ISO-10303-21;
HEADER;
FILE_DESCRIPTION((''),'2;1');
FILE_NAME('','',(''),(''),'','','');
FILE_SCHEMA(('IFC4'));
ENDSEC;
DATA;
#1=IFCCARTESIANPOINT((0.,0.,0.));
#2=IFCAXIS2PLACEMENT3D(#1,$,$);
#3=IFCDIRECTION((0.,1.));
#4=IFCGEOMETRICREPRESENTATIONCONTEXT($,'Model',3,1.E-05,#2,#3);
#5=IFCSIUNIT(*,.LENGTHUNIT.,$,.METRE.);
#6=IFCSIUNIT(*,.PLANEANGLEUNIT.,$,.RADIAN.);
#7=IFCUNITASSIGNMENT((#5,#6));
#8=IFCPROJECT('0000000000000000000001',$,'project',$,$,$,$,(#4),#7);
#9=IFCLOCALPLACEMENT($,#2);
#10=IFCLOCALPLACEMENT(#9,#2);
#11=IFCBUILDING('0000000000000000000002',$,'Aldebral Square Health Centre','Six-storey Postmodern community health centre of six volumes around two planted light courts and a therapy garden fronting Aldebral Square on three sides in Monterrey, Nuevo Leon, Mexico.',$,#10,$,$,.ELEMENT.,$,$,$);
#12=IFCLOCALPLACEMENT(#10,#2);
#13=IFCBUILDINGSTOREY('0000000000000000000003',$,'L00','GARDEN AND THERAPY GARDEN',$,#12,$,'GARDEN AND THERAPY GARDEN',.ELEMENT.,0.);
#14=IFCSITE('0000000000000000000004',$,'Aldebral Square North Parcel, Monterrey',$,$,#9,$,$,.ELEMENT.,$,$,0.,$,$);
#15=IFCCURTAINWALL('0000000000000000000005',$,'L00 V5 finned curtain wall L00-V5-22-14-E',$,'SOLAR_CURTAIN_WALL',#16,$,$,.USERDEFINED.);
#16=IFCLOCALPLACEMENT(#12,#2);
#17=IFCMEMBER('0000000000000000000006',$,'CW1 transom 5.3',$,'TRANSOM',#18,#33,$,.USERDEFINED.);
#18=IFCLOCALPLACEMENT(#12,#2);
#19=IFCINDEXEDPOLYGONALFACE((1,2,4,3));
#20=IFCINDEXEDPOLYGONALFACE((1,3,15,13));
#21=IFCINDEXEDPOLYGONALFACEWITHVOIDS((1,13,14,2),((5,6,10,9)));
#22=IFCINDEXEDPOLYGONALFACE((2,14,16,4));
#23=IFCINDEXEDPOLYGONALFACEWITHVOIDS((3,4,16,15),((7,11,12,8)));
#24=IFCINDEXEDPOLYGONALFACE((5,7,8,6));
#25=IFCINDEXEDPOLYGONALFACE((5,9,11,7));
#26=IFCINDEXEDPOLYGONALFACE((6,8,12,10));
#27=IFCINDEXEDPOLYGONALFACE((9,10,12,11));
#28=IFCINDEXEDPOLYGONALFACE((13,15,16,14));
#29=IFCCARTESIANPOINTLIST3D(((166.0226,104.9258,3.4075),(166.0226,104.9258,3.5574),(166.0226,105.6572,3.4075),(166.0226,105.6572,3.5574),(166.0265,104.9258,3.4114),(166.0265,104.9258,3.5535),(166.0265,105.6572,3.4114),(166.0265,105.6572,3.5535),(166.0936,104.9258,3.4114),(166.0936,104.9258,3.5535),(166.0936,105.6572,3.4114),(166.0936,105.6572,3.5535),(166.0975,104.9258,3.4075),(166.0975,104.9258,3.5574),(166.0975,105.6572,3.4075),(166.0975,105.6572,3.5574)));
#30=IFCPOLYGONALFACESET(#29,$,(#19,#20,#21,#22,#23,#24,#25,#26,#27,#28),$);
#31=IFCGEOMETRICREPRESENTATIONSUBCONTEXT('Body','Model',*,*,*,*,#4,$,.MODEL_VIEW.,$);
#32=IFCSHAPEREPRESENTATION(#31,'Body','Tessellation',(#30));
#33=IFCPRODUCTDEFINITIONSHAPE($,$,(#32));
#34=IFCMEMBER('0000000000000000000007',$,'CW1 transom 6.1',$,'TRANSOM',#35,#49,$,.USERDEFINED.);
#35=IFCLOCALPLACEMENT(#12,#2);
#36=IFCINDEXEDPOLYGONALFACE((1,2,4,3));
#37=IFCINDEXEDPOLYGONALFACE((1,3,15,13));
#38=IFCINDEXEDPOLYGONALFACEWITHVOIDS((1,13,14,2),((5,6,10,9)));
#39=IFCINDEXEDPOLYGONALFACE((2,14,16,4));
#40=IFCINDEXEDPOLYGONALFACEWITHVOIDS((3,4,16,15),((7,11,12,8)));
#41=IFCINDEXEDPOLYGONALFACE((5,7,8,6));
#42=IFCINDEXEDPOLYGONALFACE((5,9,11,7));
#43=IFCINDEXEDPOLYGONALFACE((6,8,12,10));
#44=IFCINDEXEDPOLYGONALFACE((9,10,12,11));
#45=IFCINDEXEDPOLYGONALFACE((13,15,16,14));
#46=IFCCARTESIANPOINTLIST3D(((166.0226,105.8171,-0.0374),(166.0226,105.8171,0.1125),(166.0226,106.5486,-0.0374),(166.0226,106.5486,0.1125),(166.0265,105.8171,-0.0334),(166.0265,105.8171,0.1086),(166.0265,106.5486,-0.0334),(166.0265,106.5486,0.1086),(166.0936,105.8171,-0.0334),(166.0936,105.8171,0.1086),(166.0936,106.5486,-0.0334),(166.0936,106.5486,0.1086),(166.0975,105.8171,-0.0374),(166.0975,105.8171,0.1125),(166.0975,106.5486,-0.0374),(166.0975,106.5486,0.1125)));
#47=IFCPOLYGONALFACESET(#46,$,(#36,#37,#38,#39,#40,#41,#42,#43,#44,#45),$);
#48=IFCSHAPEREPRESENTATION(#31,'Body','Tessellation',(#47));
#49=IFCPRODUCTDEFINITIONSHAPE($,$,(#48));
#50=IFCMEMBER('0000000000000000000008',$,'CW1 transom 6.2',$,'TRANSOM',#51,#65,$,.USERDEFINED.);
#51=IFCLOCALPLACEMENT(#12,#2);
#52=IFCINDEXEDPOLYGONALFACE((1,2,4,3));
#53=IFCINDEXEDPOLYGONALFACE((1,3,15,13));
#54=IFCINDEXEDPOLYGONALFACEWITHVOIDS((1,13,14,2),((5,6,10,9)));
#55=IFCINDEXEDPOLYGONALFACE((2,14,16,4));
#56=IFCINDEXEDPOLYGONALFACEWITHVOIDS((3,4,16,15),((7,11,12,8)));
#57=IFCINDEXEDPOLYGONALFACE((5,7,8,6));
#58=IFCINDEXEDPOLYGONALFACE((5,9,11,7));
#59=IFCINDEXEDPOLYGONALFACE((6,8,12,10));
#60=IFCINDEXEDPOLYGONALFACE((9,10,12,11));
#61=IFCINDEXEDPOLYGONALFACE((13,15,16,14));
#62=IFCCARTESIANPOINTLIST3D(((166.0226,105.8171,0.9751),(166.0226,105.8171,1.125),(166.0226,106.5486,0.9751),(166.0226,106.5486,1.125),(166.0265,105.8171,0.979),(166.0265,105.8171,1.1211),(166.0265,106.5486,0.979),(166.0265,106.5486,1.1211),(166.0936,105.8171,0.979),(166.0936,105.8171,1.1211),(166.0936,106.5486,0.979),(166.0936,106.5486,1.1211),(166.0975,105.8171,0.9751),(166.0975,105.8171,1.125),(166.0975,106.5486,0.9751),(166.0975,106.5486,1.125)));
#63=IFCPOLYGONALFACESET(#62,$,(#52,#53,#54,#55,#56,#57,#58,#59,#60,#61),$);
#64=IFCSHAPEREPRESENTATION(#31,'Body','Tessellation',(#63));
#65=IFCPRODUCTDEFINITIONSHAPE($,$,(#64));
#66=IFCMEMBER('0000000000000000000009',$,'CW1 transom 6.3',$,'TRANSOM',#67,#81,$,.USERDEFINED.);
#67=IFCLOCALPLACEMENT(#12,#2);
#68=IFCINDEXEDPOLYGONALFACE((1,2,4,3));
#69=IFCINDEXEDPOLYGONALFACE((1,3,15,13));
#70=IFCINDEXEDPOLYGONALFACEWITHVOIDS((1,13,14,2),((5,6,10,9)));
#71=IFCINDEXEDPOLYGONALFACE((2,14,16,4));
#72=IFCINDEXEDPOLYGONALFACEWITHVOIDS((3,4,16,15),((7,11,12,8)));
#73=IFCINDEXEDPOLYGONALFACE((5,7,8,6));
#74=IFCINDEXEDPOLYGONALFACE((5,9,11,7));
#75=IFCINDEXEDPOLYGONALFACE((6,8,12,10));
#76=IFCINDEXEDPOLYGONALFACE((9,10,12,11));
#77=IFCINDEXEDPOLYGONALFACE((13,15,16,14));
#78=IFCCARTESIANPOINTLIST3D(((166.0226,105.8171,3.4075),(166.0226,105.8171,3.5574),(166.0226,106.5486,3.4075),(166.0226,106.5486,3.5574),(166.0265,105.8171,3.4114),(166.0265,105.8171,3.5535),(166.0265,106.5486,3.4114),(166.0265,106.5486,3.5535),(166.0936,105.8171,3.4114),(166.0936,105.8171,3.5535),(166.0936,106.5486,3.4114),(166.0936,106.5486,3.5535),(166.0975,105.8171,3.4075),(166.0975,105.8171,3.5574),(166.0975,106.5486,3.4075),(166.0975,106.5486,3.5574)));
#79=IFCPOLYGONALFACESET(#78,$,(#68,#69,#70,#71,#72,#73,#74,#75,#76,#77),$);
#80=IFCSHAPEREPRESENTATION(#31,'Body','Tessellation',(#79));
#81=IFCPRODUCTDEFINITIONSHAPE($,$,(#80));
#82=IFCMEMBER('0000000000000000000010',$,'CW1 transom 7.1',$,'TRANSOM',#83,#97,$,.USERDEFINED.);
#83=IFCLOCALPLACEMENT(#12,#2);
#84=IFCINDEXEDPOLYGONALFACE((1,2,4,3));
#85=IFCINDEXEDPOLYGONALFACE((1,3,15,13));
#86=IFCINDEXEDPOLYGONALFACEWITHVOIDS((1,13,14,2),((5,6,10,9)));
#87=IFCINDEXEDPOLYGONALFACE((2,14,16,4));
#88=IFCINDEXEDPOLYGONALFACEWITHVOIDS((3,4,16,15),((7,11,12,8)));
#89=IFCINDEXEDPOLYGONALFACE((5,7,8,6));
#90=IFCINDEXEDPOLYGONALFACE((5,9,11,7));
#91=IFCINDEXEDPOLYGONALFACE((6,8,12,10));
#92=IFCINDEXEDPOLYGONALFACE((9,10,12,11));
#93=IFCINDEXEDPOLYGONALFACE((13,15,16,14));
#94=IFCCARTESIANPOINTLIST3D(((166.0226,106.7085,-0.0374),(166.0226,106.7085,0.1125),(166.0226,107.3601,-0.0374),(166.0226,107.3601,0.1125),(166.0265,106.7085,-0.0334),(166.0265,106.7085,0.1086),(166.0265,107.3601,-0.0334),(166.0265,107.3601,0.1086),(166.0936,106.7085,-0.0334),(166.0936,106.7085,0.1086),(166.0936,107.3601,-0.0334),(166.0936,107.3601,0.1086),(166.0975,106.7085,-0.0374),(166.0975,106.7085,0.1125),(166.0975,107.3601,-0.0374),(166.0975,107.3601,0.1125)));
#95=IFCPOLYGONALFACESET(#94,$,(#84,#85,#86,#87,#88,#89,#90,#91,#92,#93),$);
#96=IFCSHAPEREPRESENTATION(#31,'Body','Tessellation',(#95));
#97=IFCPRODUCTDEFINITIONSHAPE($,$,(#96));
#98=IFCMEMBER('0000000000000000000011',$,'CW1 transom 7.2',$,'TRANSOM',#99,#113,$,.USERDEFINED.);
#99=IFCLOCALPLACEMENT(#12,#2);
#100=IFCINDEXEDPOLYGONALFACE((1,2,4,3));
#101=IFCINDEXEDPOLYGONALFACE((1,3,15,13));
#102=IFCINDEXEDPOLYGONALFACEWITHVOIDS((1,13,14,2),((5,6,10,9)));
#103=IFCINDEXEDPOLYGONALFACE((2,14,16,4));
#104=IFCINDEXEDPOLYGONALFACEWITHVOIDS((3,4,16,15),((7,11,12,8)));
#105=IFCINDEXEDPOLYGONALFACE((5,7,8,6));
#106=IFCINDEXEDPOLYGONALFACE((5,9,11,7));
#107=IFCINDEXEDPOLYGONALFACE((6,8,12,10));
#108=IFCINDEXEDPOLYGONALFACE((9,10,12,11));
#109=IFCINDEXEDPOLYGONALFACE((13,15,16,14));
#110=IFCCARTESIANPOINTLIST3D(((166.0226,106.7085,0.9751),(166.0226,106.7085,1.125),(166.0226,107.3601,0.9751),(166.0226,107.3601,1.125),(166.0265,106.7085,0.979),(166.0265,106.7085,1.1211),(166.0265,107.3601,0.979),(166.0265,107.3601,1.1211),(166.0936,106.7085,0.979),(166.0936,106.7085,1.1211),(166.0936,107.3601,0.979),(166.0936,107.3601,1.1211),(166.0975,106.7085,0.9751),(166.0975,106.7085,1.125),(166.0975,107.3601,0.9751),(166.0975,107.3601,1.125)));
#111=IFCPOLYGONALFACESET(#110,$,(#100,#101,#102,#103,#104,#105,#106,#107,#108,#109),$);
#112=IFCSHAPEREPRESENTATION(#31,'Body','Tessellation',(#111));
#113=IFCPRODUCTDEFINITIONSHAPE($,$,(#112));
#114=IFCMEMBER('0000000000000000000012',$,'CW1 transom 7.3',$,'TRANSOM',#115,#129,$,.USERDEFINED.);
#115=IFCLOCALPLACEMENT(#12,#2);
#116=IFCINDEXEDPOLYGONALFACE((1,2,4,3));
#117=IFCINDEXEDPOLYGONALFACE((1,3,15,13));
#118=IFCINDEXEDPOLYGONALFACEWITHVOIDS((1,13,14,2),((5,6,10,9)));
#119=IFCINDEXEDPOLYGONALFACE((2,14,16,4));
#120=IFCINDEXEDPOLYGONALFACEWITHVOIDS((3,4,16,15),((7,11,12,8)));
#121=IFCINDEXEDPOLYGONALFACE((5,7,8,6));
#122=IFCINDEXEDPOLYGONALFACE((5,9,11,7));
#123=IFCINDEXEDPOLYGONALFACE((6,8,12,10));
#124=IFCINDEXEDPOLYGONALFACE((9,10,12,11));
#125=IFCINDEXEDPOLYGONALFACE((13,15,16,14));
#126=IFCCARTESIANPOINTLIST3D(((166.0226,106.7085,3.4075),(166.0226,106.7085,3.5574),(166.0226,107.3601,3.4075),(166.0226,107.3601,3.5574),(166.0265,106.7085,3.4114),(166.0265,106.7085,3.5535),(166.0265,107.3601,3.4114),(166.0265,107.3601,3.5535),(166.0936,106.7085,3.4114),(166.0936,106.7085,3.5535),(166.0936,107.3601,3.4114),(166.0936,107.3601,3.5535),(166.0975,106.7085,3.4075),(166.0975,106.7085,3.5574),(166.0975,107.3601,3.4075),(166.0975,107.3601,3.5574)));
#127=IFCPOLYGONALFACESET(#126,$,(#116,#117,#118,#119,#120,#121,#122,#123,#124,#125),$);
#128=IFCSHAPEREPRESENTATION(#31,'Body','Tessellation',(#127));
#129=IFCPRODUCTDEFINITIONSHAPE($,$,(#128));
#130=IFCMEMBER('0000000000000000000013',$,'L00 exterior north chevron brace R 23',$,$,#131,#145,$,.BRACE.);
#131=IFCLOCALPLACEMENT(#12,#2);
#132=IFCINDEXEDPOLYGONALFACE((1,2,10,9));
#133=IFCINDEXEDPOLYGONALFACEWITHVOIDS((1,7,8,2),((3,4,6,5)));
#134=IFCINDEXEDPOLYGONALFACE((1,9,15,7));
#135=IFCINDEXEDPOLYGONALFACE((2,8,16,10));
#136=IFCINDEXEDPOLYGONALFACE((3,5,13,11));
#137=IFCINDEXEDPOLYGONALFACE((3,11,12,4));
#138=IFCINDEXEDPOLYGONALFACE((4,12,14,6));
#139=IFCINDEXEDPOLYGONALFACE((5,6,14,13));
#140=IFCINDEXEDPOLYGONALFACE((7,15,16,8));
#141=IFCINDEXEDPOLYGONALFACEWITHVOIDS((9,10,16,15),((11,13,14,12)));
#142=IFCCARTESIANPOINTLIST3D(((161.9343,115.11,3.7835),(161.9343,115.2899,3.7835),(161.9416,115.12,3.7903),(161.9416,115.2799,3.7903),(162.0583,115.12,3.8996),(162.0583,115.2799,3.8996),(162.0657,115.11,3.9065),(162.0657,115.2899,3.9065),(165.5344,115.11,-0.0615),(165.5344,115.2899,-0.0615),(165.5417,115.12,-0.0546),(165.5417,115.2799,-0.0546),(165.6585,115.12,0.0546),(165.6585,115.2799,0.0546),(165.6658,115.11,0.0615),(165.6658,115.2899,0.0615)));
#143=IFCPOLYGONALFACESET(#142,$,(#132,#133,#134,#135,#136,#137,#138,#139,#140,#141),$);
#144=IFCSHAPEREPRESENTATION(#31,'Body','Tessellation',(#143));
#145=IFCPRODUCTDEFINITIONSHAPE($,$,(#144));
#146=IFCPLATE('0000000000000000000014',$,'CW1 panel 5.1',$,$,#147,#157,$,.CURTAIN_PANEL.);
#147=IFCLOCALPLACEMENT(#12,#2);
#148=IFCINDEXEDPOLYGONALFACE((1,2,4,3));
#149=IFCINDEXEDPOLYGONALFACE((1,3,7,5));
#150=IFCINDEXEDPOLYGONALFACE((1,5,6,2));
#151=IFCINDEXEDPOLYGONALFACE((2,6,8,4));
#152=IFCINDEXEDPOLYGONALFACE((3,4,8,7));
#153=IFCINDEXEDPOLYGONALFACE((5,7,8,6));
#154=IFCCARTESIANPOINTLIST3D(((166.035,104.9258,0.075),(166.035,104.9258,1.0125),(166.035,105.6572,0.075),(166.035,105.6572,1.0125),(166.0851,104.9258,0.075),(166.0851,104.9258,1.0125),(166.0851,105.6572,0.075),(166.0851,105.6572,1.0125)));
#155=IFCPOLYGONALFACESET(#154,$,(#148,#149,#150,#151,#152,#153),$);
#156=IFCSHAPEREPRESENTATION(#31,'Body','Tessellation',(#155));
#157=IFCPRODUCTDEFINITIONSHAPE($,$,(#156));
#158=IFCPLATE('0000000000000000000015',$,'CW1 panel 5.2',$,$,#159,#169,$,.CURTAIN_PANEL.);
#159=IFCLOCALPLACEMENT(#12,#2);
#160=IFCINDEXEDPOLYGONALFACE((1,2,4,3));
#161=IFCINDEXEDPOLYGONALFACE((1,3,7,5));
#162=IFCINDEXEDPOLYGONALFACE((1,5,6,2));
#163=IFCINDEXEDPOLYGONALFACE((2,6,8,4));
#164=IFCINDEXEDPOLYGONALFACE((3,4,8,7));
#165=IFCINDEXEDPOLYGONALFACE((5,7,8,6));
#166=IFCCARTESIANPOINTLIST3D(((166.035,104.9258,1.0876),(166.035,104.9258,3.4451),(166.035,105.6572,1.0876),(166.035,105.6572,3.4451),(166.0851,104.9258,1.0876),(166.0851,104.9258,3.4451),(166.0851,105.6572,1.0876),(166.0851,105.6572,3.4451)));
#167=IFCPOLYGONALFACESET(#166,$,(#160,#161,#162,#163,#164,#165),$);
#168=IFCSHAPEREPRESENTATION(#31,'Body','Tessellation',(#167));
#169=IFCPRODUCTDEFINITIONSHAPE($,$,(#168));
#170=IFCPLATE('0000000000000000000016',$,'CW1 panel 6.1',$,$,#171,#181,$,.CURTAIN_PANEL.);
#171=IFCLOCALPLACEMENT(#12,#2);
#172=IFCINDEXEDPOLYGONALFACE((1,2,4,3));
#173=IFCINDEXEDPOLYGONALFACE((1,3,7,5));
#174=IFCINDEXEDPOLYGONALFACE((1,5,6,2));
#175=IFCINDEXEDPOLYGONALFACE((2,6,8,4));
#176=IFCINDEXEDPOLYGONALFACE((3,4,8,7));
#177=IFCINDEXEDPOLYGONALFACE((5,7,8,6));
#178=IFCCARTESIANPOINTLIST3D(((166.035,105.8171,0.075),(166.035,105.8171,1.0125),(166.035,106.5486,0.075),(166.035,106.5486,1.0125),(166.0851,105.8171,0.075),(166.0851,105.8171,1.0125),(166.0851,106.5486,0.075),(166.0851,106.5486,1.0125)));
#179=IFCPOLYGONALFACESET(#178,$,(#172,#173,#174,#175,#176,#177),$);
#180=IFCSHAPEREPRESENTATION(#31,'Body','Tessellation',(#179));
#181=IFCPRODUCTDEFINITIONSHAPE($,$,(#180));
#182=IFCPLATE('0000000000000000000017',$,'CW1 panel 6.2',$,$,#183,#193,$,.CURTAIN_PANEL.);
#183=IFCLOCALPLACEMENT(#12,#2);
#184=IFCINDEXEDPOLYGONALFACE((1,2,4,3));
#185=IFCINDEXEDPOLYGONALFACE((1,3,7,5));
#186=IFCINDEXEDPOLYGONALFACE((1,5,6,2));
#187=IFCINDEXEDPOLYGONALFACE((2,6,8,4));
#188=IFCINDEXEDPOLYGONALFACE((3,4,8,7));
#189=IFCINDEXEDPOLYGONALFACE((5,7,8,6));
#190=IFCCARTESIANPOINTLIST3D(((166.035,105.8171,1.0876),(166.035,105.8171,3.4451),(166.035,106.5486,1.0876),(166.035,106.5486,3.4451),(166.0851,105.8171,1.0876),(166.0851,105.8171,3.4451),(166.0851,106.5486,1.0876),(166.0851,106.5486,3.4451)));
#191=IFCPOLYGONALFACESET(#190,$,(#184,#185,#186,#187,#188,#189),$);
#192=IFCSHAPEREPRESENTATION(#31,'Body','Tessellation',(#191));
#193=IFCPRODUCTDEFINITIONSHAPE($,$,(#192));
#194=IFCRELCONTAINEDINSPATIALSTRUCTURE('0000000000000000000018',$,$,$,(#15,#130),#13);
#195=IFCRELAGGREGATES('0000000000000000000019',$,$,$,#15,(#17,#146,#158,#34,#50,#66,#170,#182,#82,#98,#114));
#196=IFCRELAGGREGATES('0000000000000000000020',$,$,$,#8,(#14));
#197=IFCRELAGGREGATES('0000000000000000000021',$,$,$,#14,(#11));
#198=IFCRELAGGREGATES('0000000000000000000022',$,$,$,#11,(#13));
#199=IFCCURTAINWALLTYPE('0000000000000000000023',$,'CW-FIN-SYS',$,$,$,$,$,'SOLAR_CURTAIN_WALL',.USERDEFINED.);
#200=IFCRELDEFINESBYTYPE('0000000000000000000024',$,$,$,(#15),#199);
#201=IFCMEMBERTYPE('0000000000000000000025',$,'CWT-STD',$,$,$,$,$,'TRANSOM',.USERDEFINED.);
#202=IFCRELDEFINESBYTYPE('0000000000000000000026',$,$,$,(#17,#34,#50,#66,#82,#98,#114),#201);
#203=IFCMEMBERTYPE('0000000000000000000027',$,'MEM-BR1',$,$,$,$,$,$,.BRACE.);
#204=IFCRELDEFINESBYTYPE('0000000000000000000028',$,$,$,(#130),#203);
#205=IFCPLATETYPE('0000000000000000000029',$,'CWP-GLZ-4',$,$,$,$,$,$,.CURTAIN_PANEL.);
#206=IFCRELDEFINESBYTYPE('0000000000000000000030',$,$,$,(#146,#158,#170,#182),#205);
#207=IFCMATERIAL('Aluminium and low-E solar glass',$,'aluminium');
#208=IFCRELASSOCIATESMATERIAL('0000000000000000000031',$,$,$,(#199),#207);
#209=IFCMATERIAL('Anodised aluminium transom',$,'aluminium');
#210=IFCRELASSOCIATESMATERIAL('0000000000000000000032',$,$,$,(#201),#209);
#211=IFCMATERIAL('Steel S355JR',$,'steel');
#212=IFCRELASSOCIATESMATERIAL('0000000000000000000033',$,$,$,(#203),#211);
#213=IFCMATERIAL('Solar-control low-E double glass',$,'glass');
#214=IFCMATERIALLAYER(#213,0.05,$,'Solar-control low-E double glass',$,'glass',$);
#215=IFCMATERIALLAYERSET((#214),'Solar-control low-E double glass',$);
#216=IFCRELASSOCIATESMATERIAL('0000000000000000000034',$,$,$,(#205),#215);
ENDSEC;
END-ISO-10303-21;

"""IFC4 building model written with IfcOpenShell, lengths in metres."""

from ifc_helpers import new_model, si_unit, direction, frame, origin, origin_2d, place, context, subcontext, project, spatial, rectangle, hollow_rectangle, extrude, material, layer, layer_set, material_profile, profile_set, type_object, element, aggregate, save


model = new_model("IFC4")

# Units and contexts
model_context = context("Model", 3, precision=1e-05, world=origin(), true_north=direction((0.0, 1.0)))
body_context = subcontext(model_context, "Body", "Model", "MODEL_VIEW")
ifc_project = project(units=[si_unit("LENGTHUNIT", "METRE"), si_unit("PLANEANGLEUNIT", "RADIAN")], contexts=[model_context])

# Site, building, storey
site_placement = place(None, origin())
site = spatial("IfcSite", under=ifc_project, at=site_placement, Name="Aldebral Square North Parcel, Monterrey", CompositionType="ELEMENT", RefElevation=0.0)
building_placement = place(site_placement, origin())
building = spatial("IfcBuilding", under=site, at=building_placement, Name="Aldebral Square Health Centre", Description="Six-storey Postmodern community health centre of six volumes around two planted light courts and a therapy garden fronting Aldebral Square on three sides in Monterrey, Nuevo Leon, Mexico.", CompositionType="ELEMENT")
storey_placement = place(building_placement, origin())
storey = spatial("IfcBuildingStorey", under=building, at=storey_placement, Name="L00", Description="GARDEN AND THERAPY GARDEN", LongName="GARDEN AND THERAPY GARDEN", CompositionType="ELEMENT", Elevation=0.0)

# Curtain wall, members
ifc_material_1 = material(Name="Aluminium and low-E solar glass", Category="aluminium")
curtain_wall_type = type_object("IfcCurtainWallType", Name="CW-FIN-SYS", ElementType="SOLAR_CURTAIN_WALL", PredefinedType="USERDEFINED", material=ifc_material_1)
curtain_wall_placement = place(storey_placement, origin())
curtain_wall = element("IfcCurtainWall", 1, at=curtain_wall_placement, inside=storey, type_object=curtain_wall_type, Name="L00 V5 finned curtain wall L00-V5-22-14-E", ObjectType="SOLAR_CURTAIN_WALL", PredefinedType="USERDEFINED")
ifc_material_2 = material(Name="Anodised aluminium transom", Category="aluminium")
ifc_material_profile_1 = material_profile(ifc_material_2, hollow_rectangle(XDim=0.075, YDim=0.1499, WallThickness=0.0039, at=origin_2d()), Name="CWT 75x150x4")
ifc_profile_set_1 = profile_set([ifc_material_profile_1], Name="Anodised aluminium transom")
member_type_1 = type_object("IfcMemberType", Name="CWT-STD", ElementType="TRANSOM", PredefinedType="USERDEFINED", material=ifc_profile_set_1)
member_1_placement = place(storey_placement, frame((166.0601, 104.9258, 3.4824), z_axis=(0.0, 1.0, 0.0), x_axis=(-1.0, 0.0, 0.0)))
member_1 = element("IfcMember", 2, at=member_1_placement, type_object=member_type_1, Name="CW1 transom 5.3", ObjectType="TRANSOM", PredefinedType="USERDEFINED", context=body_context, shape_type="SweptSolid", body=[
    extrude(hollow_rectangle(XDim=0.075, YDim=0.1499, WallThickness=0.0039, at=origin_2d()), origin(), (0.0, 0.0, 1.0), 0.7314),
])
member_2_placement = place(storey_placement, frame((166.0601, 105.8171, 0.0376), z_axis=(0.0, 1.0, 0.0), x_axis=(-1.0, 0.0, 0.0)))
member_2 = element("IfcMember", 3, at=member_2_placement, type_object=member_type_1, Name="CW1 transom 6.1", ObjectType="TRANSOM", PredefinedType="USERDEFINED", context=body_context, shape_type="SweptSolid", body=[
    extrude(hollow_rectangle(XDim=0.075, YDim=0.1499, WallThickness=0.0039, at=origin_2d()), origin(), (0.0, 0.0, 1.0), 0.7314),
])
member_3_placement = place(storey_placement, frame((166.0601, 105.8171, 1.05), z_axis=(0.0, 1.0, 0.0), x_axis=(-1.0, 0.0, 0.0)))
member_3 = element("IfcMember", 4, at=member_3_placement, type_object=member_type_1, Name="CW1 transom 6.2", ObjectType="TRANSOM", PredefinedType="USERDEFINED", context=body_context, shape_type="SweptSolid", body=[
    extrude(hollow_rectangle(XDim=0.075, YDim=0.1499, WallThickness=0.0039, at=origin_2d()), origin(), (0.0, 0.0, 1.0), 0.7314),
])
member_4_placement = place(storey_placement, frame((166.0601, 105.8171, 3.4824), z_axis=(0.0, 1.0, 0.0), x_axis=(-1.0, 0.0, 0.0)))
member_4 = element("IfcMember", 5, at=member_4_placement, type_object=member_type_1, Name="CW1 transom 6.3", ObjectType="TRANSOM", PredefinedType="USERDEFINED", context=body_context, shape_type="SweptSolid", body=[
    extrude(hollow_rectangle(XDim=0.075, YDim=0.1499, WallThickness=0.0039, at=origin_2d()), origin(), (0.0, 0.0, 1.0), 0.7314),
])
member_5_placement = place(storey_placement, frame((166.0601, 106.7085, 0.0376), z_axis=(0.0, 1.0, 0.0), x_axis=(-1.0, 0.0, 0.0)))
member_5 = element("IfcMember", 6, at=member_5_placement, type_object=member_type_1, Name="CW1 transom 7.1", ObjectType="TRANSOM", PredefinedType="USERDEFINED", context=body_context, shape_type="SweptSolid", body=[
    extrude(hollow_rectangle(XDim=0.075, YDim=0.1499, WallThickness=0.0039, at=origin_2d()), origin(), (0.0, 0.0, 1.0), 0.6516),
])
member_6_placement = place(storey_placement, frame((166.0601, 106.7085, 1.05), z_axis=(0.0, 1.0, 0.0), x_axis=(-1.0, 0.0, 0.0)))
member_6 = element("IfcMember", 7, at=member_6_placement, type_object=member_type_1, Name="CW1 transom 7.2", ObjectType="TRANSOM", PredefinedType="USERDEFINED", context=body_context, shape_type="SweptSolid", body=[
    extrude(hollow_rectangle(XDim=0.075, YDim=0.1499, WallThickness=0.0039, at=origin_2d()), origin(), (0.0, 0.0, 1.0), 0.6516),
])
member_7_placement = place(storey_placement, frame((166.0601, 106.7085, 3.4824), z_axis=(0.0, 1.0, 0.0), x_axis=(-1.0, 0.0, 0.0)))
member_7 = element("IfcMember", 8, at=member_7_placement, type_object=member_type_1, Name="CW1 transom 7.3", ObjectType="TRANSOM", PredefinedType="USERDEFINED", context=body_context, shape_type="SweptSolid", body=[
    extrude(hollow_rectangle(XDim=0.075, YDim=0.1499, WallThickness=0.0039, at=origin_2d()), origin(), (0.0, 0.0, 1.0), 0.6516),
])

# Member
ifc_material_3 = material(Name="Steel S355JR", Category="steel")
ifc_material_profile_2 = material_profile(ifc_material_3, hollow_rectangle(XDim=0.1799, YDim=0.1799, WallThickness=0.01, at=origin_2d()), Name="180x180x10 SHS")
ifc_profile_set_2 = profile_set([ifc_material_profile_2], Name="Steel S355JR")
member_type_2 = type_object("IfcMemberType", Name="MEM-BR1", PredefinedType="BRACE", material=ifc_profile_set_2)
member_8_placement = place(storey_placement, frame((165.6001, 115.2, 0.0), z_axis=(-0.68348, 0.0, 0.729969), x_axis=(0.0, -1.0, 0.0)))
element("IfcMember", 9, at=member_8_placement, inside=storey, type_object=member_type_2, Name="L00 exterior north chevron brace R 23", PredefinedType="BRACE", context=body_context, shape_type="SweptSolid", body=[
    extrude(hollow_rectangle(XDim=0.1799, YDim=0.1799, WallThickness=0.01, at=origin_2d()), origin(), (0.0, 0.0, 1.0), 5.2673),
])

# Plates
ifc_material_4 = material(Name="Solar-control low-E double glass", Category="glass")
ifc_layer_1 = layer(ifc_material_4, 0.05, Name="Solar-control low-E double glass", Category="glass")
ifc_layer_set_1 = layer_set([ifc_layer_1], Name="Solar-control low-E double glass")
plate_type_1 = type_object("IfcPlateType", Name="CWP-GLZ-4", PredefinedType="CURTAIN_PANEL", material=ifc_layer_set_1)
plate_1_placement = place(storey_placement, frame((166.0601, 105.2915, 0.075), z_axis=(0.0, 0.0, 1.0), x_axis=(0.0, 1.0, 0.0)))
plate_1 = element("IfcPlate", 10, at=plate_1_placement, type_object=plate_type_1, Name="CW1 panel 5.1", PredefinedType="CURTAIN_PANEL", context=body_context, shape_type="SweptSolid", body=[
    extrude(rectangle(XDim=0.7314, YDim=0.05, at=origin_2d()), origin(), (0.0, 0.0, 1.0), 0.9375),
])
plate_2_placement = place(storey_placement, frame((166.0601, 105.2915, 1.0876), z_axis=(0.0, 0.0, 1.0), x_axis=(0.0, 1.0, 0.0)))
plate_2 = element("IfcPlate", 11, at=plate_2_placement, type_object=plate_type_1, Name="CW1 panel 5.2", PredefinedType="CURTAIN_PANEL", context=body_context, shape_type="SweptSolid", body=[
    extrude(rectangle(XDim=0.7314, YDim=0.05, at=origin_2d()), origin(), (0.0, 0.0, 1.0), 2.3574),
])
plate_3_placement = place(storey_placement, frame((166.0601, 106.1829, 0.075), z_axis=(0.0, 0.0, 1.0), x_axis=(0.0, 1.0, 0.0)))
plate_3 = element("IfcPlate", 12, at=plate_3_placement, type_object=plate_type_1, Name="CW1 panel 6.1", PredefinedType="CURTAIN_PANEL", context=body_context, shape_type="SweptSolid", body=[
    extrude(rectangle(XDim=0.7314, YDim=0.05, at=origin_2d()), origin(), (0.0, 0.0, 1.0), 0.9375),
])
plate_4_placement = place(storey_placement, frame((166.0601, 106.1829, 1.0876), z_axis=(0.0, 0.0, 1.0), x_axis=(0.0, 1.0, 0.0)))
plate_4 = element("IfcPlate", 13, at=plate_4_placement, type_object=plate_type_1, Name="CW1 panel 6.2", PredefinedType="CURTAIN_PANEL", context=body_context, shape_type="SweptSolid", body=[
    extrude(rectangle(XDim=0.7314, YDim=0.05, at=origin_2d()), origin(), (0.0, 0.0, 1.0), 2.3574),
])
aggregate(curtain_wall, [member_1, plate_1, plate_2, member_2, member_3, member_4, plate_3, plate_4, member_5, member_6, member_7])

save(model, "model.ifc")
